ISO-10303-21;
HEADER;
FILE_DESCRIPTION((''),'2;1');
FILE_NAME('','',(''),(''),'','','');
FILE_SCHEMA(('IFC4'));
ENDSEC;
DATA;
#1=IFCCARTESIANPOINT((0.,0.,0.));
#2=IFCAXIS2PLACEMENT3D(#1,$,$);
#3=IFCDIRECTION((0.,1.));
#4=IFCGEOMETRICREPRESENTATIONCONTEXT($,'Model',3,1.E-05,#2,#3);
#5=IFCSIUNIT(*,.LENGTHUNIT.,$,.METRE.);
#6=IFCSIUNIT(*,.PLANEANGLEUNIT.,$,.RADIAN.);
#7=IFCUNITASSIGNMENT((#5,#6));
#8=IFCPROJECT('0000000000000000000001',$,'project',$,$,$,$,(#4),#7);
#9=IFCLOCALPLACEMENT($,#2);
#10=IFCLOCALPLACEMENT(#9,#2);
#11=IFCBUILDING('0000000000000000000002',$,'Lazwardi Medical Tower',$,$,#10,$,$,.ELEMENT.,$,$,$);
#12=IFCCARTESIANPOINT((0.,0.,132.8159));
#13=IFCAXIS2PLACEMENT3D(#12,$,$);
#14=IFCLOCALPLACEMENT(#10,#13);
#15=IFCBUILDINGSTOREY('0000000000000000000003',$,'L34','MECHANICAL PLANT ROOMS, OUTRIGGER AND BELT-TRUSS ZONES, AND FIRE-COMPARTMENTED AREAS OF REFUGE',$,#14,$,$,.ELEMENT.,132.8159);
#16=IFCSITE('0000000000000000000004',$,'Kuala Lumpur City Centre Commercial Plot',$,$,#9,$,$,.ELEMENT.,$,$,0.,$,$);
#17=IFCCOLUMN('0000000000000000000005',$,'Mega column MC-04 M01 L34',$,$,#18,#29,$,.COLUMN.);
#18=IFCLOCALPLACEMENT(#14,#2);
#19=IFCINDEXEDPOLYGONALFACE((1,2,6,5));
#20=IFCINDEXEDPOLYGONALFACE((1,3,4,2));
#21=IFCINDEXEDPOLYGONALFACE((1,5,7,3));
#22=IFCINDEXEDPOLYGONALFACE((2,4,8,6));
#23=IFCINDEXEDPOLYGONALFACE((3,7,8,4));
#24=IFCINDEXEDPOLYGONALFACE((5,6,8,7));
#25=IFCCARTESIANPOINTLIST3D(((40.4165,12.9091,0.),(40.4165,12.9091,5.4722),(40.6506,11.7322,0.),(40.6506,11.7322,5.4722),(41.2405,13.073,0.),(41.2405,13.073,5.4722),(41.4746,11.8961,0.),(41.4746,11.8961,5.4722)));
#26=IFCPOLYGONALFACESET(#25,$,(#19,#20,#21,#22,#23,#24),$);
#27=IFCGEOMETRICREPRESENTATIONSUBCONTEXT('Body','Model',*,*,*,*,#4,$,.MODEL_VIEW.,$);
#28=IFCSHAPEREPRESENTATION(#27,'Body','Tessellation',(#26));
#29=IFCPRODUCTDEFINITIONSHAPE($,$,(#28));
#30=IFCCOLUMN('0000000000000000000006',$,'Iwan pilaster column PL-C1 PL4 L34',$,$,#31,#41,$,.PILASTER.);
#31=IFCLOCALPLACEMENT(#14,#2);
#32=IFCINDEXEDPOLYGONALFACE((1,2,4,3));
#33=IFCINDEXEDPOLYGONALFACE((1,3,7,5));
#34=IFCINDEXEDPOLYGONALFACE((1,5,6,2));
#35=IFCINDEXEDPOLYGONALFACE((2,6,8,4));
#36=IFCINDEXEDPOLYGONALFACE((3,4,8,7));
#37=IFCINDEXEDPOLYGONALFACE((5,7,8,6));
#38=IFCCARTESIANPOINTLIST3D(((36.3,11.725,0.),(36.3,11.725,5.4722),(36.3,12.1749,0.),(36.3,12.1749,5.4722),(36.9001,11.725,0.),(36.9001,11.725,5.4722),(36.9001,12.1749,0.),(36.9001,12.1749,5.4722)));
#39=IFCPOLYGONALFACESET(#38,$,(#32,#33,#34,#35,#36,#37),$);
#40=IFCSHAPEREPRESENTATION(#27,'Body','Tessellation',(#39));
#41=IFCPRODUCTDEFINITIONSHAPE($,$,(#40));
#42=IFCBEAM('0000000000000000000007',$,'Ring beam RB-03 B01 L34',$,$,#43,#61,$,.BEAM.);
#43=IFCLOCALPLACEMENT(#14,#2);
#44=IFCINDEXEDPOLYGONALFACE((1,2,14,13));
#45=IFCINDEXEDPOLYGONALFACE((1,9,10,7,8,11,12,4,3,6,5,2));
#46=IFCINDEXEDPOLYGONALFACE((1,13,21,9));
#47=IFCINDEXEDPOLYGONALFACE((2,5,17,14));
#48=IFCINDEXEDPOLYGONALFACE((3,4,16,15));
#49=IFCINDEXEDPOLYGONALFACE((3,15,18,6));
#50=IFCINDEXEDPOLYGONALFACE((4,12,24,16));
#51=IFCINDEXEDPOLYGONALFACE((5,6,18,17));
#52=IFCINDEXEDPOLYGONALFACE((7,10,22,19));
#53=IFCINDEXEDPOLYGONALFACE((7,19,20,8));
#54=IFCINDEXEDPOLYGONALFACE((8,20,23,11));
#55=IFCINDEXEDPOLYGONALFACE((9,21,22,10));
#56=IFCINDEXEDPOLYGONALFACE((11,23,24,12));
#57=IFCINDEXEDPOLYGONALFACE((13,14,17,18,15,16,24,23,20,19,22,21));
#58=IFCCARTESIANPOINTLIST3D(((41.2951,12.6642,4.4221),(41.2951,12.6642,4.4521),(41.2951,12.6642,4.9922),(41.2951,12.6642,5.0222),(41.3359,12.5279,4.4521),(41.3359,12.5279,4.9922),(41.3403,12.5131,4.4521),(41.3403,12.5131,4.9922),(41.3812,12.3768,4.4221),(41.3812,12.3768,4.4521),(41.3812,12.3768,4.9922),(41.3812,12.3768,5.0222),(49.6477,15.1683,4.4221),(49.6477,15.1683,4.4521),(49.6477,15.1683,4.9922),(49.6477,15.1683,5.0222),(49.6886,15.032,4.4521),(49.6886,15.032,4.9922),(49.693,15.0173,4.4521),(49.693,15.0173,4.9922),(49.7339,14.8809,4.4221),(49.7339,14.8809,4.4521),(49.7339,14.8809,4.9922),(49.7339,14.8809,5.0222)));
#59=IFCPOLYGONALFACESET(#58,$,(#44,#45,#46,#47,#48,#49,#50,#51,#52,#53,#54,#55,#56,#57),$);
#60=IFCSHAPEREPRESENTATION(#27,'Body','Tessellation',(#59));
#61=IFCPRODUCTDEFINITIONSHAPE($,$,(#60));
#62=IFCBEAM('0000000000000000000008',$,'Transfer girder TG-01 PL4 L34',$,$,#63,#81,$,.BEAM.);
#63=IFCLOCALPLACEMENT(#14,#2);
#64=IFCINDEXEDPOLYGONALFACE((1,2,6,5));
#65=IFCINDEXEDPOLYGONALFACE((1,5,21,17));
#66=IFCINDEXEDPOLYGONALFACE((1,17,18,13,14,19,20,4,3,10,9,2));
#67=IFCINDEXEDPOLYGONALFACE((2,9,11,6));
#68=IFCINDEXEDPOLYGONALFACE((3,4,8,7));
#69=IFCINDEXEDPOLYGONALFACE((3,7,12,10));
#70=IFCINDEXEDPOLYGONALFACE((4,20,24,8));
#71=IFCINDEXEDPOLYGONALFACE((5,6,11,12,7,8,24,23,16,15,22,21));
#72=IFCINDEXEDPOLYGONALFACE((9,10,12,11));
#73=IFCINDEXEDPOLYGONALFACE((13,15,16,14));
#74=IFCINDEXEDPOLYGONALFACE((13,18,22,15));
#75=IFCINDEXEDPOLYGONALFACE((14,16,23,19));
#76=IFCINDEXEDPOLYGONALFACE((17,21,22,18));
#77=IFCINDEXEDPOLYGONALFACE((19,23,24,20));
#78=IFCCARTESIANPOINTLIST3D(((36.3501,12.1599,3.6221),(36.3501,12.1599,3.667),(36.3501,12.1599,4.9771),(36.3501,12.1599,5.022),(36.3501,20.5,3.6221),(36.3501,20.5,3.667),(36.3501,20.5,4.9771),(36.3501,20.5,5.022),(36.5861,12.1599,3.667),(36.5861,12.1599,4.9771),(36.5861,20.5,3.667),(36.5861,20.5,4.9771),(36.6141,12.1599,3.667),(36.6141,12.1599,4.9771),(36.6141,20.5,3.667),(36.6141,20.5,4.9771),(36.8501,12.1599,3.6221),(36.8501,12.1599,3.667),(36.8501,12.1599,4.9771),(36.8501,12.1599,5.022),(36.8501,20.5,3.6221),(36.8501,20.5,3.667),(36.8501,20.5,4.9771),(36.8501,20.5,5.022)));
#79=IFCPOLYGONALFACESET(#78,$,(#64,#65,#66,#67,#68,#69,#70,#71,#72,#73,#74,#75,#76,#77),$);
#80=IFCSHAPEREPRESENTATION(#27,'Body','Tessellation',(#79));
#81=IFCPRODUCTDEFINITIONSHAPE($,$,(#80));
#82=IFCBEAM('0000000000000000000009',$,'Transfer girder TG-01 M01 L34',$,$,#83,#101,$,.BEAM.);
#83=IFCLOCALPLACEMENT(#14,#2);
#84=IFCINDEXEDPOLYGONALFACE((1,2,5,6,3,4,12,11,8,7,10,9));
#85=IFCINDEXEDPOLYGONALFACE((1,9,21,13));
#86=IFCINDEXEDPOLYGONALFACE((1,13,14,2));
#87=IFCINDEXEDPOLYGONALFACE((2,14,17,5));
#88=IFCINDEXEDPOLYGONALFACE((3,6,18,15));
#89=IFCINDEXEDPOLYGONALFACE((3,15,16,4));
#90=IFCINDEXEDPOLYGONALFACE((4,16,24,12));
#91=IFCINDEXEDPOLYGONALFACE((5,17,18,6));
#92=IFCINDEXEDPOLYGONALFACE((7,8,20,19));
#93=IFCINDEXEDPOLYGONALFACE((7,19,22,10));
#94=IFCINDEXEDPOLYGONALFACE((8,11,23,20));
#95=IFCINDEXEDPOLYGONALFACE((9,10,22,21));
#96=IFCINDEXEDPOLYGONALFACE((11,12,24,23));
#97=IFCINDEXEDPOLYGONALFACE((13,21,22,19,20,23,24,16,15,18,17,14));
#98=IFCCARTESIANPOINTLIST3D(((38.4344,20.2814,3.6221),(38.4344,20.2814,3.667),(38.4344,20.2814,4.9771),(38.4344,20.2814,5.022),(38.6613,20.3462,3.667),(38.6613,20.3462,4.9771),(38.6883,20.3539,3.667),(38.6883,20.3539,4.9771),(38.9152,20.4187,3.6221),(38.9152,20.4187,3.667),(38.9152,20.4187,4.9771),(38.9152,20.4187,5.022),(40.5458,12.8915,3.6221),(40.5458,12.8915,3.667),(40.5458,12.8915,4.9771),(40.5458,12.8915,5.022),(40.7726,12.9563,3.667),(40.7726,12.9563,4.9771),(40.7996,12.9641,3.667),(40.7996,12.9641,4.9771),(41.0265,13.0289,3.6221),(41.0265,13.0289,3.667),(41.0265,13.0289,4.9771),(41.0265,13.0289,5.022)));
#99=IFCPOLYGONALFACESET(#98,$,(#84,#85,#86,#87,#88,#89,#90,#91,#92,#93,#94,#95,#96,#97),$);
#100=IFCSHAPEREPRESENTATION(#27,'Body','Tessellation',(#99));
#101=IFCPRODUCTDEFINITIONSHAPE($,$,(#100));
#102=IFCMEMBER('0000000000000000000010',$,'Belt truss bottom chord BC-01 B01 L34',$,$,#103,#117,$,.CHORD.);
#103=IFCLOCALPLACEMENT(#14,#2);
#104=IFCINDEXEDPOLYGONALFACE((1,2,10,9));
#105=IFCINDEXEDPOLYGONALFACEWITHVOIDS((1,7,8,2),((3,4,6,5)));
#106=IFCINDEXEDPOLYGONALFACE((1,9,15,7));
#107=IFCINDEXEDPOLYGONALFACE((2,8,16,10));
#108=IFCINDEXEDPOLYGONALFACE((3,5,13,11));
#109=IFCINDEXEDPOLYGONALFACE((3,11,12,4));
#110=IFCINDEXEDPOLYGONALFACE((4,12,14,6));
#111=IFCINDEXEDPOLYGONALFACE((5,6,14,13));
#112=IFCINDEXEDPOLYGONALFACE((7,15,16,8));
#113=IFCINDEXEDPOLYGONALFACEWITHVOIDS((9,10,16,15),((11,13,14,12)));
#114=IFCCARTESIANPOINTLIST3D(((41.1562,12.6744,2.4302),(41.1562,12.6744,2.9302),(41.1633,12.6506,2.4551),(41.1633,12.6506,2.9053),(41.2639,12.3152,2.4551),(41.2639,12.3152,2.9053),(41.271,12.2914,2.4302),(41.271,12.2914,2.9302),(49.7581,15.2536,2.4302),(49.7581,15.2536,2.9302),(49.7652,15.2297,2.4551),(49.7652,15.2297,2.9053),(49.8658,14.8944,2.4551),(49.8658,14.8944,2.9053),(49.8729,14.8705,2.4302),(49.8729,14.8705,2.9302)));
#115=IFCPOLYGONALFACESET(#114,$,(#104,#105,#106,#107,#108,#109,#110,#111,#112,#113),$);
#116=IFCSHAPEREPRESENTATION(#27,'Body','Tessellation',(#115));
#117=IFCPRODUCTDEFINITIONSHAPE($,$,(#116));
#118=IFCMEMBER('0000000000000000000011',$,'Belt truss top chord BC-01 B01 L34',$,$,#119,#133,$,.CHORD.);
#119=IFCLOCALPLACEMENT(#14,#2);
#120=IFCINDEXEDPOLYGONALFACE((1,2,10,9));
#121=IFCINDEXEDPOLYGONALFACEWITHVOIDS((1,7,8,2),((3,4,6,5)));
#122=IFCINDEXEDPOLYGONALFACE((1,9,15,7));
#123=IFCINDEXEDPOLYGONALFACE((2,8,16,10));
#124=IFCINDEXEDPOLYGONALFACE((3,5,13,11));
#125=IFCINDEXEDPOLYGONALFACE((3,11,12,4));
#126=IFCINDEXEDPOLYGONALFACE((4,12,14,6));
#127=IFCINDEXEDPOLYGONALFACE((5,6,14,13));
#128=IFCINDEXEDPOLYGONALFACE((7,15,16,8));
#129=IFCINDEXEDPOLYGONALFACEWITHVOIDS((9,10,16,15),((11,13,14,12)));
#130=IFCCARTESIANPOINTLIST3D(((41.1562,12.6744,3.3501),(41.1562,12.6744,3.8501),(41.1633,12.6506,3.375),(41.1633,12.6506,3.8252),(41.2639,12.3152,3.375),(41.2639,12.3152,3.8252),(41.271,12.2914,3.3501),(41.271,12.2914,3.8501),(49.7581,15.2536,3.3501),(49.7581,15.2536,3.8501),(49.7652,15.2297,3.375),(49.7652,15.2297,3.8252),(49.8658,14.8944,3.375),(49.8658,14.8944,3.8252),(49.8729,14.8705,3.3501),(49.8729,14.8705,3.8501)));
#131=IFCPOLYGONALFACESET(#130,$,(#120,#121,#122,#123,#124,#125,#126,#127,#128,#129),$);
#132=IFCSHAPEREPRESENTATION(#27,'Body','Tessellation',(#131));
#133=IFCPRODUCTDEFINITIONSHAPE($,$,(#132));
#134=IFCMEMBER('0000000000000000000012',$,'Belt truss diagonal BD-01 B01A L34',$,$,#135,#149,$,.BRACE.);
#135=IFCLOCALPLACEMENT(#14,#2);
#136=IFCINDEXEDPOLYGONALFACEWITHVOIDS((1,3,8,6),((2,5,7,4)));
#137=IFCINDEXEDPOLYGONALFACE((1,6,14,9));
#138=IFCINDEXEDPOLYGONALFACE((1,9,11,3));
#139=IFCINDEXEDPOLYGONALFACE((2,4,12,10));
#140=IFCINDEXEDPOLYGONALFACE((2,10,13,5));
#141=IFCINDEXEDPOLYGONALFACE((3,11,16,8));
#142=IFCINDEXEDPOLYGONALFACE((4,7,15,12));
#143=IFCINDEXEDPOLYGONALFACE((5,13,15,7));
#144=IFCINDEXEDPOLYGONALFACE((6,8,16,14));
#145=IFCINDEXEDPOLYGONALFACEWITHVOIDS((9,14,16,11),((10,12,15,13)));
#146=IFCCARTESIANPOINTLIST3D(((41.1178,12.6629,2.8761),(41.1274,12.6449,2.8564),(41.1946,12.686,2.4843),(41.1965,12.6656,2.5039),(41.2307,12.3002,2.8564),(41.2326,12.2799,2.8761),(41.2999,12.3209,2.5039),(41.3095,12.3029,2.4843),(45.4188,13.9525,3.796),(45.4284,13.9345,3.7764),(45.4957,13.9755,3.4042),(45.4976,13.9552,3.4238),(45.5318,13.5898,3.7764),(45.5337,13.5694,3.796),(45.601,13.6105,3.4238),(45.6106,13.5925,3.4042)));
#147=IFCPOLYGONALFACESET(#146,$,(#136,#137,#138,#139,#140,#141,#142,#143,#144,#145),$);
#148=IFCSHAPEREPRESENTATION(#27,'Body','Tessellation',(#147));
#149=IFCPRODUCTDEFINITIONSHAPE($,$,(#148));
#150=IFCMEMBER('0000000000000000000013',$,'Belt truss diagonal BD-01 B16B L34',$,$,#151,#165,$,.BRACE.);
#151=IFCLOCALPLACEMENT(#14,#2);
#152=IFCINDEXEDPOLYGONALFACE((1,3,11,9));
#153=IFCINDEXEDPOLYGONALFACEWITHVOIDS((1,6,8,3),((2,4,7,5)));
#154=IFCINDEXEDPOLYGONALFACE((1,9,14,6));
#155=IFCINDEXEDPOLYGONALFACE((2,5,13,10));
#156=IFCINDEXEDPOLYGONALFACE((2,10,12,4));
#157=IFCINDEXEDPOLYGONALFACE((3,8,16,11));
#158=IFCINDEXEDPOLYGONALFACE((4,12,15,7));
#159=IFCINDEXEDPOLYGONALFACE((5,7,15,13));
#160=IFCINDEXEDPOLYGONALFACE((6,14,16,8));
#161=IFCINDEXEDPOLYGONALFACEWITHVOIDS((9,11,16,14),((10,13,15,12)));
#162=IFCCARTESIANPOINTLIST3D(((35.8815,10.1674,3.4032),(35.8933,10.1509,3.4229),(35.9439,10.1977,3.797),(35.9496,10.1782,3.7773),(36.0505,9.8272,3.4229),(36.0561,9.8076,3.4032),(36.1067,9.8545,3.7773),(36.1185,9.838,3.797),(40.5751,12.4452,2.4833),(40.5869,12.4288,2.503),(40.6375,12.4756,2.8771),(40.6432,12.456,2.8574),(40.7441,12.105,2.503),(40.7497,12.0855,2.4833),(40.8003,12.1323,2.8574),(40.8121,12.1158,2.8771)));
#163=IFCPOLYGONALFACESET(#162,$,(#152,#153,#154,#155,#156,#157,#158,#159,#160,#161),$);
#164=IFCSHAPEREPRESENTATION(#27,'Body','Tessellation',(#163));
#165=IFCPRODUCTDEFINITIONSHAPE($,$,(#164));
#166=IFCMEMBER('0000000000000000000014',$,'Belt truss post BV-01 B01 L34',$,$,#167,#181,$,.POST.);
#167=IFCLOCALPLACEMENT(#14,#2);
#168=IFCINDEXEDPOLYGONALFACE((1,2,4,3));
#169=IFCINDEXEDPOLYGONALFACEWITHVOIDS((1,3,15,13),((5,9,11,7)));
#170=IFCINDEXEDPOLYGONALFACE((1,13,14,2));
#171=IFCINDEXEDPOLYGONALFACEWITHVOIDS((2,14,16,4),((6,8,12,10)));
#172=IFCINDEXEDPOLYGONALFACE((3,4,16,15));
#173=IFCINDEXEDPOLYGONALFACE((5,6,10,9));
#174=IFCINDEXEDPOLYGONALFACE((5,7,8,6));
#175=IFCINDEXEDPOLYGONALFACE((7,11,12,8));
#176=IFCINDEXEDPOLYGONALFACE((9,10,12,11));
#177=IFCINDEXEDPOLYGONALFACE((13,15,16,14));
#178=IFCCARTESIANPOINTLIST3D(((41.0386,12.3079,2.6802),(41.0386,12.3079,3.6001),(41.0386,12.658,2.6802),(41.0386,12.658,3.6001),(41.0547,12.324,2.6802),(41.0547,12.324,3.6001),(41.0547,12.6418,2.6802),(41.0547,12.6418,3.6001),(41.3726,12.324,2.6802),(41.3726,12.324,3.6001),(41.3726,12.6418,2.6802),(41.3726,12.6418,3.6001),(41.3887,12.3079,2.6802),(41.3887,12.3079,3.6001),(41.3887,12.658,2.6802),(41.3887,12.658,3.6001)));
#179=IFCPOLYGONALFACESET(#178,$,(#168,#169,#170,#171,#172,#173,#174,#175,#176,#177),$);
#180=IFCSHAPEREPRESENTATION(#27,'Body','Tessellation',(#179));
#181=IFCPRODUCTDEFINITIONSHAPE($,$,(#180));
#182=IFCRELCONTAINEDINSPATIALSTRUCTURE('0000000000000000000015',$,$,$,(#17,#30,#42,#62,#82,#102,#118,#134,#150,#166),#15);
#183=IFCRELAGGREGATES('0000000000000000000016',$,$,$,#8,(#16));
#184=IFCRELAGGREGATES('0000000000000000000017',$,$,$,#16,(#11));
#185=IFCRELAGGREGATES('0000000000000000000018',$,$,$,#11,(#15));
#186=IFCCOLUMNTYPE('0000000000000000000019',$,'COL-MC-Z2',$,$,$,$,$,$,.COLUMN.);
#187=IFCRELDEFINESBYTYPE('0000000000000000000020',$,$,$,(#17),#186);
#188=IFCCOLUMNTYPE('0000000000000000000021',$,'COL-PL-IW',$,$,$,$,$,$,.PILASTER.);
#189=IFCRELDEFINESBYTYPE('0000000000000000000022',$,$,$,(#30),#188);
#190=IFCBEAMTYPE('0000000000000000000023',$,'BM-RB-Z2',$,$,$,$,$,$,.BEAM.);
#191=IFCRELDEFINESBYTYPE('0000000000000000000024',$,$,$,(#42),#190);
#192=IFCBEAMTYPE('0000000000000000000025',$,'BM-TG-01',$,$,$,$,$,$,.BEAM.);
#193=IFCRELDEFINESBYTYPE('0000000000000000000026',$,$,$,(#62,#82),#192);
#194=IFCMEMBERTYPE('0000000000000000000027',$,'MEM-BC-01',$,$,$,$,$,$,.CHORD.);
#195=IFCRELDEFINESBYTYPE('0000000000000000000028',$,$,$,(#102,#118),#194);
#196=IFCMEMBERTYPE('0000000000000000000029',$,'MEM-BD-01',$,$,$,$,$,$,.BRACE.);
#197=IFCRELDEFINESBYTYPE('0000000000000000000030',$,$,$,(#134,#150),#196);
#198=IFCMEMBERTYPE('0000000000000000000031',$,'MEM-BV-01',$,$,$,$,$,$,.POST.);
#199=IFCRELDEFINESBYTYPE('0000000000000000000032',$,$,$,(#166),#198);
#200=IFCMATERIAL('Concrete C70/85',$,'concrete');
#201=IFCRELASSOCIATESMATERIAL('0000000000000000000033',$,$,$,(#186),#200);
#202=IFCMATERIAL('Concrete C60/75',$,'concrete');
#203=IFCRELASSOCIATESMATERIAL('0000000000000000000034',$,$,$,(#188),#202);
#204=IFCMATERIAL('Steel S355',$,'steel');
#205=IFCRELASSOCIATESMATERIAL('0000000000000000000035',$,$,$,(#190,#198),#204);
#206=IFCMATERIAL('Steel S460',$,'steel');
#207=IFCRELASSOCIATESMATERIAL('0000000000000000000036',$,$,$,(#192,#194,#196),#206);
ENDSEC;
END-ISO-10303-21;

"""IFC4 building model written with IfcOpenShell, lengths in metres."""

from ifc_helpers import new_model, si_unit, direction, frame, origin, origin_2d, place, context, subcontext, project, spatial, rectangle, hollow_rectangle, i_section, extrude, material, material_profile, profile_set, type_object, element, save


model = new_model("IFC4")

# Units and contexts
model_context = context("Model", 3, precision=1e-05, world=origin(), true_north=direction((0.0, 1.0)))
body_context = subcontext(model_context, "Body", "Model", "MODEL_VIEW")
ifc_project = project(units=[si_unit("LENGTHUNIT", "METRE"), si_unit("PLANEANGLEUNIT", "RADIAN")], contexts=[model_context])

# Site, building, storey
site_placement = place(None, origin())
site = spatial("IfcSite", under=ifc_project, at=site_placement, Name="Kuala Lumpur City Centre Commercial Plot", CompositionType="ELEMENT", RefElevation=0.0)
building_placement = place(site_placement, origin())
building = spatial("IfcBuilding", under=site, at=building_placement, Name="Lazwardi Medical Tower", CompositionType="ELEMENT")
storey_placement = place(building_placement, frame((0.0, 0.0, 132.8159)))
storey = spatial("IfcBuildingStorey", under=building, at=storey_placement, Name="L34", Description="MECHANICAL PLANT ROOMS, OUTRIGGER AND BELT-TRUSS ZONES, AND FIRE-COMPARTMENTED AREAS OF REFUGE", CompositionType="ELEMENT", Elevation=132.8159)

# Columns
ifc_material_1 = material(Name="Concrete C70/85", Category="concrete")
ifc_material_profile_1 = material_profile(ifc_material_1, rectangle(XDim=1.2, YDim=0.8401, at=origin_2d()), Name="CFT-RECT 1200x840")
ifc_profile_set_1 = profile_set([ifc_material_profile_1], Name="Concrete C70/85")
column_type_1 = type_object("IfcColumnType", Name="COL-MC-Z2", PredefinedType="COLUMN", material=ifc_profile_set_1)
column_1_placement = place(storey_placement, frame((40.9456, 12.4026, 0.0), z_axis=(0.0, 0.0, 1.0), x_axis=(0.19509, -0.980785, 0.0)))
element("IfcColumn", 1, at=column_1_placement, inside=storey, type_object=column_type_1, Name="Mega column MC-04 M01 L34", PredefinedType="COLUMN", context=body_context, shape_type="SweptSolid", body=[
    extrude(rectangle(XDim=1.2, YDim=0.8401, at=origin_2d()), origin(), (0.0, 0.0, 1.0), 5.4722),
])
ifc_material_2 = material(Name="Concrete C60/75", Category="concrete")
ifc_material_profile_2 = material_profile(ifc_material_2, rectangle(XDim=0.6001, YDim=0.45, at=origin_2d()), Name="RC 600x450")
ifc_profile_set_2 = profile_set([ifc_material_profile_2], Name="Concrete C60/75")
column_type_2 = type_object("IfcColumnType", Name="COL-PL-IW", PredefinedType="PILASTER", material=ifc_profile_set_2)
column_2_placement = place(storey_placement, frame((36.6001, 11.95, 0.0), z_axis=(0.0, 0.0, 1.0), x_axis=(1.0, 0.0, 0.0)))
element("IfcColumn", 2, at=column_2_placement, inside=storey, type_object=column_type_2, Name="Iwan pilaster column PL-C1 PL4 L34", PredefinedType="PILASTER", context=body_context, shape_type="SweptSolid", body=[
    extrude(rectangle(XDim=0.6001, YDim=0.45, at=origin_2d()), origin(), (0.0, 0.0, 1.0), 5.4722),
])

# Beams
ifc_material_3 = material(Name="Steel S355", Category="steel")
ifc_material_profile_3 = material_profile(ifc_material_3, i_section(OverallWidth=0.3, OverallDepth=0.6001, WebThickness=0.0154, FlangeThickness=0.03, at=origin_2d()), Name="HEB 600")
ifc_profile_set_3 = profile_set([ifc_material_profile_3], Name="Steel S355")
beam_type_1 = type_object("IfcBeamType", Name="BM-RB-Z2", PredefinedType="BEAM", material=ifc_profile_set_3)
beam_1_placement = place(storey_placement, frame((41.3381, 12.5205, 4.7222), z_axis=(0.957879, 0.287171, 0.0), x_axis=(-0.287171, 0.957879, 0.0)))
element("IfcBeam", 3, at=beam_1_placement, inside=storey, type_object=beam_type_1, Name="Ring beam RB-03 B01 L34", PredefinedType="BEAM", context=body_context, shape_type="SweptSolid", body=[
    extrude(i_section(OverallWidth=0.3, OverallDepth=0.6001, WebThickness=0.0154, FlangeThickness=0.03, at=origin_2d()), origin(), (0.0, 0.0, 1.0), 8.72),
])
ifc_material_4 = material(Name="Steel S460", Category="steel")
ifc_material_profile_4 = material_profile(ifc_material_4, i_section(OverallWidth=0.5, OverallDepth=1.3999, WebThickness=0.0281, FlangeThickness=0.0449, at=origin_2d()), Name="PG 1400x500")
ifc_profile_set_4 = profile_set([ifc_material_profile_4], Name="Steel S460")
beam_type_2 = type_object("IfcBeamType", Name="BM-TG-01", PredefinedType="BEAM", material=ifc_profile_set_4)
beam_2_placement = place(storey_placement, frame((36.6001, 12.1599, 4.322), z_axis=(0.0, 1.0, 0.0), x_axis=(-1.0, 0.0, 0.0)))
element("IfcBeam", 4, at=beam_2_placement, inside=storey, type_object=beam_type_2, Name="Transfer girder TG-01 PL4 L34", PredefinedType="BEAM", context=body_context, shape_type="SweptSolid", body=[
    extrude(i_section(OverallWidth=0.5, OverallDepth=1.3999, WebThickness=0.0281, FlangeThickness=0.0449, at=origin_2d()), origin(), (0.0, 0.0, 1.0), 8.3401),
])
beam_3_placement = place(storey_placement, frame((40.7861, 12.9602, 4.322), z_axis=(-0.274713, 0.961526, 0.0), x_axis=(-0.961526, -0.274713, 0.0)))
element("IfcBeam", 5, at=beam_3_placement, inside=storey, type_object=beam_type_2, Name="Transfer girder TG-01 M01 L34", PredefinedType="BEAM", context=body_context, shape_type="SweptSolid", body=[
    extrude(i_section(OverallWidth=0.5, OverallDepth=1.3999, WebThickness=0.0281, FlangeThickness=0.0449, at=origin_2d()), origin(), (0.0, 0.0, 1.0), 7.6855),
])

# Members
ifc_material_profile_5 = material_profile(ifc_material_4, hollow_rectangle(XDim=0.3999, YDim=0.5, WallThickness=0.0249, at=origin_2d()), Name="RHS 500x400x25")
ifc_profile_set_5 = profile_set([ifc_material_profile_5], Name="Steel S460")
member_type_1 = type_object("IfcMemberType", Name="MEM-BC-01", PredefinedType="CHORD", material=ifc_profile_set_5)
for number, where, z_axis, x_axis, name in (
    (6, (41.2136, 12.4829, 2.6802), (0.95787, 0.287201, 0.0), (-0.287201, 0.95787, 0.0), "Belt truss bottom chord BC-01 B01 L34"),
    (7, (41.2136, 12.4829, 3.6001), (0.95787, 0.287201, 0.0), (-0.287201, 0.95787, 0.0), "Belt truss top chord BC-01 B01 L34"),
):
    element("IfcMember", number, at=place(storey_placement, frame(where, z_axis=z_axis, x_axis=x_axis)), inside=storey, type_object=member_type_1, Name=name, PredefinedType="CHORD", context=body_context, shape_type="SweptSolid", body=[
        extrude(hollow_rectangle(XDim=0.3999, YDim=0.5, WallThickness=0.0249, at=origin_2d()), origin(), (0.0, 0.0, 1.0), 8.9802),
    ])
ifc_material_profile_6 = material_profile(ifc_material_4, hollow_rectangle(XDim=0.3999, YDim=0.3999, WallThickness=0.02, at=origin_2d()), Name="RHS 400x400x20")
ifc_profile_set_6 = profile_set([ifc_material_profile_6], Name="Steel S460")
member_type_2 = type_object("IfcMemberType", Name="MEM-BD-01", PredefinedType="BRACE", material=ifc_profile_set_6)
member_1_placement = place(storey_placement, frame((41.2136, 12.4829, 2.6802), z_axis=(0.938382, 0.281349, 0.200705), x_axis=(-0.287193, 0.957873, 0.0)))
element("IfcMember", 8, at=member_1_placement, inside=storey, type_object=member_type_2, Name="Belt truss diagonal BD-01 B01A L34", PredefinedType="BRACE", context=body_context, shape_type="SweptSolid", body=[
    extrude(hollow_rectangle(XDim=0.3999, YDim=0.3999, WallThickness=0.02, at=origin_2d()), origin(), (0.0, 0.0, 1.0), 4.5835),
])
member_2_placement = place(storey_placement, frame((40.6936, 12.2805, 2.6802), z_axis=(-0.885985, -0.429973, 0.173648), x_axis=(0.436606, -0.899653, 0.0)))
element("IfcMember", 9, at=member_2_placement, inside=storey, type_object=member_type_2, Name="Belt truss diagonal BD-01 B16B L34", PredefinedType="BRACE", context=body_context, shape_type="SweptSolid", body=[
    extrude(hollow_rectangle(XDim=0.3999, YDim=0.3999, WallThickness=0.02, at=origin_2d()), origin(), (0.0, 0.0, 1.0), 5.2976),
])
ifc_material_profile_7 = material_profile(ifc_material_3, hollow_rectangle(XDim=0.3501, YDim=0.3501, WallThickness=0.0161, at=origin_2d()), Name="RHS 350x350x16")
ifc_profile_set_7 = profile_set([ifc_material_profile_7], Name="Steel S355")
member_type_3 = type_object("IfcMemberType", Name="MEM-BV-01", PredefinedType="POST", material=ifc_profile_set_7)
member_3_placement = place(storey_placement, frame((41.2136, 12.4829, 2.6802), z_axis=(0.0, 0.0, 1.0), x_axis=(1.0, 0.0, 0.0)))
element("IfcMember", 10, at=member_3_placement, inside=storey, type_object=member_type_3, Name="Belt truss post BV-01 B01 L34", PredefinedType="POST", context=body_context, shape_type="SweptSolid", body=[
    extrude(hollow_rectangle(XDim=0.3501, YDim=0.3501, WallThickness=0.0161, at=origin_2d()), origin(), (0.0, 0.0, 1.0), 0.9199),
])

save(model, "model.ifc")
